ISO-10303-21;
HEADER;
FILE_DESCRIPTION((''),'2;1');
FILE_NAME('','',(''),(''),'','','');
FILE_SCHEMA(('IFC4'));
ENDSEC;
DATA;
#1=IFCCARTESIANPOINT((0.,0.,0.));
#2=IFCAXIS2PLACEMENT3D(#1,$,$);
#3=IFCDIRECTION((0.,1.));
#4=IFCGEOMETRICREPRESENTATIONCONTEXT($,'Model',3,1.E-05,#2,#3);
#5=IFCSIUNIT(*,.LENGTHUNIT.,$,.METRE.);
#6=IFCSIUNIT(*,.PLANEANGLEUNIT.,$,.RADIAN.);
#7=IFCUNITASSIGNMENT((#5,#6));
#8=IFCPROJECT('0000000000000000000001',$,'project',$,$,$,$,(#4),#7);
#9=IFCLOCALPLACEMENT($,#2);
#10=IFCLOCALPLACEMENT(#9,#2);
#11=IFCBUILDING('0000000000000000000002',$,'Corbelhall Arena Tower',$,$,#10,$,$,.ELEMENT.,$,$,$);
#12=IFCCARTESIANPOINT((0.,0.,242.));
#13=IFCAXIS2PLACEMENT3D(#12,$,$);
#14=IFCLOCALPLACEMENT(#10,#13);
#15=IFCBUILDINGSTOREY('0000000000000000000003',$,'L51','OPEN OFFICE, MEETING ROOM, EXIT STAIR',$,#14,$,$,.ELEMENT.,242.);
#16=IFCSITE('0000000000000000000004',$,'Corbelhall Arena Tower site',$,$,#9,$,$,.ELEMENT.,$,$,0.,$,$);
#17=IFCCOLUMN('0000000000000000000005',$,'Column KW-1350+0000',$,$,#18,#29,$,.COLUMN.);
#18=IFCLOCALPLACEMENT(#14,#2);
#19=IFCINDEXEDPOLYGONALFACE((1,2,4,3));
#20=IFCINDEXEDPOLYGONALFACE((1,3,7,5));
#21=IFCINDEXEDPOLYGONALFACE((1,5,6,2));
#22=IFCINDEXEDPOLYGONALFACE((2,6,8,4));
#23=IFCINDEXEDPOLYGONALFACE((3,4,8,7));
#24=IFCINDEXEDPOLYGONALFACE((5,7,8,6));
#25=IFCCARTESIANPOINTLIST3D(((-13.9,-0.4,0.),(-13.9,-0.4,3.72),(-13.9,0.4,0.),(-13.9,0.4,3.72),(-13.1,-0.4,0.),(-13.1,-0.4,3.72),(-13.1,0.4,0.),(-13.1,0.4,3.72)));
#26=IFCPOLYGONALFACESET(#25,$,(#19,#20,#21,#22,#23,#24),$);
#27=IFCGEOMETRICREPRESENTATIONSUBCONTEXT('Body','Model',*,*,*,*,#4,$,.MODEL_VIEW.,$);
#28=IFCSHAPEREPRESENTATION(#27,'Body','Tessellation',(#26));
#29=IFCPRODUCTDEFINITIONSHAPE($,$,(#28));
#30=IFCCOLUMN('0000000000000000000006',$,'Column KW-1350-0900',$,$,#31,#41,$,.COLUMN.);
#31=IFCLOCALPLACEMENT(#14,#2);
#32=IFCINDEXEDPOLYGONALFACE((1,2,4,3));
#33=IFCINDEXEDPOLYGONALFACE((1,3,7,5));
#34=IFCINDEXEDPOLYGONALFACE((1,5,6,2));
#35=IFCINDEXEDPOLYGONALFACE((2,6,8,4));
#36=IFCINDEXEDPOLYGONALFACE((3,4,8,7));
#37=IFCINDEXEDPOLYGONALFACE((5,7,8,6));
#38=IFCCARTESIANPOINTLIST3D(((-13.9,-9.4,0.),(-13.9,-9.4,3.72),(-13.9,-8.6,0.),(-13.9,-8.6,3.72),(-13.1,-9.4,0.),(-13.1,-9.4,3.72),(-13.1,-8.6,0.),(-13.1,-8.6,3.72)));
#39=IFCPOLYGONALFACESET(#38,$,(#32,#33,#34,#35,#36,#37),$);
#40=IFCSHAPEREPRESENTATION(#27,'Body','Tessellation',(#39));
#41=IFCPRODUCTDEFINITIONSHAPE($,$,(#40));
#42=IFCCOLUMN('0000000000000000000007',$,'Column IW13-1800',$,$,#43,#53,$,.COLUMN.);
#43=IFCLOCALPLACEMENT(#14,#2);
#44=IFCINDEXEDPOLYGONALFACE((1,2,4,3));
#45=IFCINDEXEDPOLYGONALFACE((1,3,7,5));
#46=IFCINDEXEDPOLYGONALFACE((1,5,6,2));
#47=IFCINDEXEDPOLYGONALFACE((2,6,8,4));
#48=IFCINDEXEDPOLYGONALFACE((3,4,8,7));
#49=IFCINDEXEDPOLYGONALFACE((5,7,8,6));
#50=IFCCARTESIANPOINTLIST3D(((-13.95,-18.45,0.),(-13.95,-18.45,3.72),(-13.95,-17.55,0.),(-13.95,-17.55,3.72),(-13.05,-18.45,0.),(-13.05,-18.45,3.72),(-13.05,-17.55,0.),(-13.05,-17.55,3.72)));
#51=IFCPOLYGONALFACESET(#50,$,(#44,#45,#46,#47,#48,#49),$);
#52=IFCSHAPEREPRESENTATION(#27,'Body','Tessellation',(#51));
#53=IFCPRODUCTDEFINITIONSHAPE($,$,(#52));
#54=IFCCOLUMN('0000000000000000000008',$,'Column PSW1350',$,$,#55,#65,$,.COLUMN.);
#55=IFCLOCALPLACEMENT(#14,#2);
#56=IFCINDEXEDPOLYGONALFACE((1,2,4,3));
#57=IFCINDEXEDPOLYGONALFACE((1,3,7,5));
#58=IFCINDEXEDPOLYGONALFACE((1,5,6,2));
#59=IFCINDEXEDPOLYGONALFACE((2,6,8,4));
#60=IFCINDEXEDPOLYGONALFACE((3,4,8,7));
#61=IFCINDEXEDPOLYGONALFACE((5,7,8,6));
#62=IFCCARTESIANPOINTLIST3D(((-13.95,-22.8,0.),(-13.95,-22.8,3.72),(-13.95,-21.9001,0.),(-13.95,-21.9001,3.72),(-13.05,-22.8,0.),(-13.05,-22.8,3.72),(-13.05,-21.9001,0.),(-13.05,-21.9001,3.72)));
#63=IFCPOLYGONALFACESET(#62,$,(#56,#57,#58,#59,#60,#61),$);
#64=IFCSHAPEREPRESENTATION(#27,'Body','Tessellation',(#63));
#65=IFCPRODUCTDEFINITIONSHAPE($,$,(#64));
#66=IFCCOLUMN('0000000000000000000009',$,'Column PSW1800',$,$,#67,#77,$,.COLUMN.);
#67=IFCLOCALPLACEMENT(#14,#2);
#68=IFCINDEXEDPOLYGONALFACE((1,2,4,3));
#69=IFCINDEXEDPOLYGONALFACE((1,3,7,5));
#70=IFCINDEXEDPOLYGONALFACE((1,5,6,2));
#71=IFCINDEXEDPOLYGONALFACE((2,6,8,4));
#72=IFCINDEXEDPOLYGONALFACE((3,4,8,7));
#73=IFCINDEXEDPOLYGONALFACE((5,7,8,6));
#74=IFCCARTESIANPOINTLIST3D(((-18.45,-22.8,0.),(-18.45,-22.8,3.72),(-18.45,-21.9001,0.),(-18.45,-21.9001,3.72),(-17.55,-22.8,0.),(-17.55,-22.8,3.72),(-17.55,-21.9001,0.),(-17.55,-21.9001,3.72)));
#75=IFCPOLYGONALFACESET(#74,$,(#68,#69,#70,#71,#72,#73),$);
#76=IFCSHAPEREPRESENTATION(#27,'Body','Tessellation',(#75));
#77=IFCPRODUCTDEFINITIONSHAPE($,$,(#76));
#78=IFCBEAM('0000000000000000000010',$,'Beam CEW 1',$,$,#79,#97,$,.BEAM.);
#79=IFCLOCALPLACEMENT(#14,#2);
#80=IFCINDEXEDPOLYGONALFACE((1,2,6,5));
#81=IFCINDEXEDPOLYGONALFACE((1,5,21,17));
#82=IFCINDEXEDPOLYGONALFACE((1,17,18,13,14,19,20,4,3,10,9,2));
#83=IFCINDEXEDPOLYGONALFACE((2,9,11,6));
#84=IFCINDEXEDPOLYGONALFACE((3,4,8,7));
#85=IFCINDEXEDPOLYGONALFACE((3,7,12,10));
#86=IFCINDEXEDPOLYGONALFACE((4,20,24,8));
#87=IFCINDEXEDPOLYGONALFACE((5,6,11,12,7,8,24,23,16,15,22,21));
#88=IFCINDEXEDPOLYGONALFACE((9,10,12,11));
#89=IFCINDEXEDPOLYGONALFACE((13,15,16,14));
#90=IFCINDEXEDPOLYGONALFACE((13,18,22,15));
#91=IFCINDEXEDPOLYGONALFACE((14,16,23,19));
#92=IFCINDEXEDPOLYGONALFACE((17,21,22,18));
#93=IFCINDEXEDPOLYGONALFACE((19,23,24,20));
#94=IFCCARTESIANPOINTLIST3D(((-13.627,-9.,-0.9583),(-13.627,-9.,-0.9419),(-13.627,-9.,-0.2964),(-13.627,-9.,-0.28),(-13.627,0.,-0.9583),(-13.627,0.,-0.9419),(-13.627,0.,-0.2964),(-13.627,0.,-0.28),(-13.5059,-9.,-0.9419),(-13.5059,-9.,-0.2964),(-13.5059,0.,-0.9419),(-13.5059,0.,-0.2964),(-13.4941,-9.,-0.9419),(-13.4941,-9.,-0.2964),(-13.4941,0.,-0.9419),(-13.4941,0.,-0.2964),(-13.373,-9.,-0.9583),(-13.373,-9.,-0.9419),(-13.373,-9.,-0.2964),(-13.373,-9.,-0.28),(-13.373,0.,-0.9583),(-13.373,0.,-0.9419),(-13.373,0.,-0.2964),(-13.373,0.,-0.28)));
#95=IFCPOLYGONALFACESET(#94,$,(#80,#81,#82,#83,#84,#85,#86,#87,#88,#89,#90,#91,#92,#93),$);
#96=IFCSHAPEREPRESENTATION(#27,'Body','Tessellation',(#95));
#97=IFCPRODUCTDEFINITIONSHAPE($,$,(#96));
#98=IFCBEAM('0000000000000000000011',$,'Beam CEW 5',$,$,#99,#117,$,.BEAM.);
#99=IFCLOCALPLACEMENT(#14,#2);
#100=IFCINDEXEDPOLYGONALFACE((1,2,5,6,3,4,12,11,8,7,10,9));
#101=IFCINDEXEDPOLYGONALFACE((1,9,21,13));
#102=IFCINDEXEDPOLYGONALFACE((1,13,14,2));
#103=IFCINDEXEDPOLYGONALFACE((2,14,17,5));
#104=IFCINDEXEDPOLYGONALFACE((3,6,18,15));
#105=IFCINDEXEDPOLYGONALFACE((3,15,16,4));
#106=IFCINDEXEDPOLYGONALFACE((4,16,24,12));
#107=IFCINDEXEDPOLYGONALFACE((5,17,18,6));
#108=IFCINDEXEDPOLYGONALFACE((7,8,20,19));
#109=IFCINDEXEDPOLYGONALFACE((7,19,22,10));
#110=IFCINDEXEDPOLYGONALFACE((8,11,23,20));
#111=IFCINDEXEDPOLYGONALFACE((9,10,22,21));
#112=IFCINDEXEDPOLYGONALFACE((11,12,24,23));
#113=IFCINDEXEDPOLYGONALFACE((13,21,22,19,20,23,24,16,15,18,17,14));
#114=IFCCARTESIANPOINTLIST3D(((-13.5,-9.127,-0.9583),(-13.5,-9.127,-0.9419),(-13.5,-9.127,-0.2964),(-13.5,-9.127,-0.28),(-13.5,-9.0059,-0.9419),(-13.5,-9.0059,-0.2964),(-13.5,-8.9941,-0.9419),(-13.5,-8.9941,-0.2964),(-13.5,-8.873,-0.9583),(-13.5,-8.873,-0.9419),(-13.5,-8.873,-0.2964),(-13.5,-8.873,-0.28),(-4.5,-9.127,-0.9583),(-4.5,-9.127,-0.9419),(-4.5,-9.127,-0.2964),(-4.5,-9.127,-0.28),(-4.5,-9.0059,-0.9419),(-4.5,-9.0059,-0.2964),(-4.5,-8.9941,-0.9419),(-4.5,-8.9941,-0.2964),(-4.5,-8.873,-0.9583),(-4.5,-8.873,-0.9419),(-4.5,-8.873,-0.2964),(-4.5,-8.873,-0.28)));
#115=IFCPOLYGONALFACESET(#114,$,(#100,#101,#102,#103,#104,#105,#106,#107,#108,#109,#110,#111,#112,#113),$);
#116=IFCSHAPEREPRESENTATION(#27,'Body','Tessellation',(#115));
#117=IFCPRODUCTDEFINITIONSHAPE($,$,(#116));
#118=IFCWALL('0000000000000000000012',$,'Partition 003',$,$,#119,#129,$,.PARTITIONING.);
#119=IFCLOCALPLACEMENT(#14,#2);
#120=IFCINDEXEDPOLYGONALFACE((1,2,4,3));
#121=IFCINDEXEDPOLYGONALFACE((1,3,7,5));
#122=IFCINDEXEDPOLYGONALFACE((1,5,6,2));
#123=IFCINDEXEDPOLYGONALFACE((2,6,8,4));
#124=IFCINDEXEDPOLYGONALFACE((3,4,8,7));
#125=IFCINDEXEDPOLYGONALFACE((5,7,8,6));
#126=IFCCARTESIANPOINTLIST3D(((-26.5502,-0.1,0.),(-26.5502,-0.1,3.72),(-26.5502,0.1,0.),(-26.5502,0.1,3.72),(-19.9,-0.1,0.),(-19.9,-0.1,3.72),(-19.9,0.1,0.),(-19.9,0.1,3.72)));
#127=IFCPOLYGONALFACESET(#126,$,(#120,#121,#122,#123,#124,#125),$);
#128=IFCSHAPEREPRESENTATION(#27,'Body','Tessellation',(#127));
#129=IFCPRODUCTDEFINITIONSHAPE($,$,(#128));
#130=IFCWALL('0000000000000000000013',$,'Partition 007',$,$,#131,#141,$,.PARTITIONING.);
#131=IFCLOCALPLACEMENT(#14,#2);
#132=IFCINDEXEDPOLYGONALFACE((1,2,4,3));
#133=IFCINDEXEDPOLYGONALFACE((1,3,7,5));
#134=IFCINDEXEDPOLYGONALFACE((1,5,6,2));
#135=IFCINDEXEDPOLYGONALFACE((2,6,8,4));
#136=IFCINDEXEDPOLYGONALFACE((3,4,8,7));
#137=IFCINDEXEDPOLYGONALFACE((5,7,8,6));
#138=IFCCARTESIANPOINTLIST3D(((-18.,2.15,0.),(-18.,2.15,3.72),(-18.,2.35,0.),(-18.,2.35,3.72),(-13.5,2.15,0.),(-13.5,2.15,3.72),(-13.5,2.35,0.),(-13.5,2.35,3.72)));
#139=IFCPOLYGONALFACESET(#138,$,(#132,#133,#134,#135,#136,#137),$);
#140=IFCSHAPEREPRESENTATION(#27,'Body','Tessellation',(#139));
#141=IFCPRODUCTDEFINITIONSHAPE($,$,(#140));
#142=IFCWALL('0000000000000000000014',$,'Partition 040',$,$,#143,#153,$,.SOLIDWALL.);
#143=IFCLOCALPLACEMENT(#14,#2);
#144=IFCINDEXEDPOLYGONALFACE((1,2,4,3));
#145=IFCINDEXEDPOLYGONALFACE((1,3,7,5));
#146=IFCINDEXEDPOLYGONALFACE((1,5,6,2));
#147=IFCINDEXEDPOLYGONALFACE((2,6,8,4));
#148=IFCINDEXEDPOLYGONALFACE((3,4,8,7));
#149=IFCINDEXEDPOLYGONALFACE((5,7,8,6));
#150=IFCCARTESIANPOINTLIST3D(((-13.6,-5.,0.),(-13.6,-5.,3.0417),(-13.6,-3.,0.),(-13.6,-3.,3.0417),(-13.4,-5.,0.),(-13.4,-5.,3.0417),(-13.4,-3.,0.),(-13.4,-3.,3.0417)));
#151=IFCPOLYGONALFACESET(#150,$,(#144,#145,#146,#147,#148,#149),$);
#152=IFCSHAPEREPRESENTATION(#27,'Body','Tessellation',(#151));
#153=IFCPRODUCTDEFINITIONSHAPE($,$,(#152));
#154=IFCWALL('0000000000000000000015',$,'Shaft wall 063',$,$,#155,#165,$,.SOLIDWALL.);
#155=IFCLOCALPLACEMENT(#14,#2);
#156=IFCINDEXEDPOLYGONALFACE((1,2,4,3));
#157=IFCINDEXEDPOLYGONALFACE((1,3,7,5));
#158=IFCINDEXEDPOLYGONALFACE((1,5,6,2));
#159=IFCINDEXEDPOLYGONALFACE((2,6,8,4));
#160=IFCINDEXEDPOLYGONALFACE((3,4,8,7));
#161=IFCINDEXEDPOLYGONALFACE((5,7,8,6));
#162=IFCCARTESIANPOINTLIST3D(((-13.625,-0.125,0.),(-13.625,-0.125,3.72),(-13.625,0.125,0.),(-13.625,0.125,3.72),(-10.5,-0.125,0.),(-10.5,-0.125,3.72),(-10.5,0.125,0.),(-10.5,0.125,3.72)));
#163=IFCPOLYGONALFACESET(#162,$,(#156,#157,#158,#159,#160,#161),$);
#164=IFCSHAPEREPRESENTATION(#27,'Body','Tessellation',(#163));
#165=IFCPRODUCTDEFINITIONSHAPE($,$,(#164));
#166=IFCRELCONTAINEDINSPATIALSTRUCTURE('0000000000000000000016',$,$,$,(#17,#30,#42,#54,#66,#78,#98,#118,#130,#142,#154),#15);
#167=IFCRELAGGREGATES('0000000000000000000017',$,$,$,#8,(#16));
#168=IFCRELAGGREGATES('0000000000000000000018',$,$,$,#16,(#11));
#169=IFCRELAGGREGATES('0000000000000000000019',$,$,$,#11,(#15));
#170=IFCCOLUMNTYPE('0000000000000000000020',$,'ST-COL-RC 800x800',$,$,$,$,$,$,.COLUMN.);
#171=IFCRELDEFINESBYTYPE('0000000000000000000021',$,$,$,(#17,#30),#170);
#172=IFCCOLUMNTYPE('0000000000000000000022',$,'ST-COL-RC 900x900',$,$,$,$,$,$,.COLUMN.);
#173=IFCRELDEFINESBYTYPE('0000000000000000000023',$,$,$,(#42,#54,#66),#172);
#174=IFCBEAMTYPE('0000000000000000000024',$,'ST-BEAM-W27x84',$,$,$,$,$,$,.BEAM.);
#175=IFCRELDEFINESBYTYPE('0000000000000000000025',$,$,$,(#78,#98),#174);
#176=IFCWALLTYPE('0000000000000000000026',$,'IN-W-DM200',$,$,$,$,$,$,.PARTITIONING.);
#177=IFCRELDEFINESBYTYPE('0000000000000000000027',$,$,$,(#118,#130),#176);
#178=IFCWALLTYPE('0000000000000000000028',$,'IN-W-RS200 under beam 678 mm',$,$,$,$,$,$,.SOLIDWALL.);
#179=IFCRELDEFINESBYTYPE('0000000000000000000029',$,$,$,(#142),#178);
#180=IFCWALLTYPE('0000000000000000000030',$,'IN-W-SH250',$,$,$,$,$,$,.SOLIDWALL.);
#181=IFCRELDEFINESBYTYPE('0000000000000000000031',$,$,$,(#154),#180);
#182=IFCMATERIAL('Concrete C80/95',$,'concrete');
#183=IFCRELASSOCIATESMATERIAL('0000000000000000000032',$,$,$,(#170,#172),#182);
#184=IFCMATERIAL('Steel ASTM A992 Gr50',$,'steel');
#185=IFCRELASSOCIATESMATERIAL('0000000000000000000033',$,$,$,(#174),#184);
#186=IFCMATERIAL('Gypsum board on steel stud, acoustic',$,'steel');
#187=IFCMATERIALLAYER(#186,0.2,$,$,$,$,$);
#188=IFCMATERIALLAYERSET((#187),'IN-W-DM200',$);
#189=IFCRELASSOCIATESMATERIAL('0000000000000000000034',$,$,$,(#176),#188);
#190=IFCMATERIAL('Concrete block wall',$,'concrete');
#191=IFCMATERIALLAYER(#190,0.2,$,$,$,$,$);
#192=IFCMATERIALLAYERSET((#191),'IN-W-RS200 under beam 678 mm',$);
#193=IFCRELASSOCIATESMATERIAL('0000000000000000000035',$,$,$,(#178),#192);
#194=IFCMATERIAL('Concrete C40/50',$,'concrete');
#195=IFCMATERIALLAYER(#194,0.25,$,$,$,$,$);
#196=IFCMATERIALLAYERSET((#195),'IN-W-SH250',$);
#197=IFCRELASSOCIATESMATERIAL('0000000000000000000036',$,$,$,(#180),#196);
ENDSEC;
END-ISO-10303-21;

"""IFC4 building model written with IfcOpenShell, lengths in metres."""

from ifc_helpers import new_model, si_unit, direction, frame, frame_2d, origin, origin_2d, place, context, subcontext, project, spatial, rectangle, i_section, extrude, material, layer, layer_set, material_profile, profile_set, type_object, element, save


model = new_model("IFC4")

# Units and contexts
model_context = context("Model", 3, precision=1e-05, world=origin(), true_north=direction((0.0, 1.0)))
body_context = subcontext(model_context, "Body", "Model", "MODEL_VIEW")
ifc_project = project(units=[si_unit("LENGTHUNIT", "METRE"), si_unit("PLANEANGLEUNIT", "RADIAN")], contexts=[model_context])

# Site, building, storey
site_placement = place(None, origin())
site = spatial("IfcSite", under=ifc_project, at=site_placement, Name="Corbelhall Arena Tower site", CompositionType="ELEMENT", RefElevation=0.0)
building_placement = place(site_placement, origin())
building = spatial("IfcBuilding", under=site, at=building_placement, Name="Corbelhall Arena Tower", CompositionType="ELEMENT")
storey_placement = place(building_placement, frame((0.0, 0.0, 242.0)))
storey = spatial("IfcBuildingStorey", under=building, at=storey_placement, Name="L51", Description="OPEN OFFICE, MEETING ROOM, EXIT STAIR", CompositionType="ELEMENT", Elevation=242.0)

# Columns
ifc_material_1 = material(Name="Concrete C80/95", Category="concrete")
ifc_material_profile_1 = material_profile(ifc_material_1, rectangle(XDim=0.8, YDim=0.8, at=origin_2d()))
ifc_profile_set_1 = profile_set([ifc_material_profile_1], Name="Concrete C80/95")
column_type_1 = type_object("IfcColumnType", Name="ST-COL-RC 800x800", PredefinedType="COLUMN", material=ifc_profile_set_1)
for number, where, z_axis, x_axis, name in (
    (1, (-13.5, 0.0, 0.0), (0.0, 0.0, 1.0), (1.0, 0.0, 0.0), "Column KW-1350+0000"),
    (2, (-13.5, -9.0, 0.0), (0.0, 0.0, 1.0), (1.0, 0.0, 0.0), "Column KW-1350-0900"),
):
    element("IfcColumn", number, at=place(storey_placement, frame(where, z_axis=z_axis, x_axis=x_axis)), inside=storey, type_object=column_type_1, Name=name, PredefinedType="COLUMN", context=body_context, shape_type="SweptSolid", body=[
        extrude(rectangle(XDim=0.8, YDim=0.8, at=origin_2d()), origin(), (0.0, 0.0, 1.0), 3.72),
    ])
ifc_material_profile_2 = material_profile(ifc_material_1, rectangle(XDim=0.8999, YDim=0.8999, at=origin_2d()))
ifc_profile_set_2 = profile_set([ifc_material_profile_2], Name="Concrete C80/95")
column_type_2 = type_object("IfcColumnType", Name="ST-COL-RC 900x900", PredefinedType="COLUMN", material=ifc_profile_set_2)
for number, where, z_axis, x_axis, name in (
    (3, (-13.5, -18.0, 0.0), (0.0, 0.0, 1.0), (1.0, 0.0, 0.0), "Column IW13-1800"),
    (4, (-13.5, -22.3501, 0.0), (0.0, 0.0, 1.0), (1.0, 0.0, 0.0), "Column PSW1350"),
    (5, (-18.0, -22.3501, 0.0), (0.0, 0.0, 1.0), (1.0, 0.0, 0.0), "Column PSW1800"),
):
    element("IfcColumn", number, at=place(storey_placement, frame(where, z_axis=z_axis, x_axis=x_axis)), inside=storey, type_object=column_type_2, Name=name, PredefinedType="COLUMN", context=body_context, shape_type="SweptSolid", body=[
        extrude(rectangle(XDim=0.8999, YDim=0.8999, at=origin_2d()), origin(), (0.0, 0.0, 1.0), 3.72),
    ])

# Beams
ifc_material_2 = material(Name="Steel ASTM A992 Gr50", Category="steel")
ifc_material_profile_3 = material_profile(ifc_material_2, i_section(OverallWidth=0.2539, OverallDepth=0.6782, WebThickness=0.0117, FlangeThickness=0.0164, at=origin_2d()))
ifc_profile_set_3 = profile_set([ifc_material_profile_3], Name="Steel ASTM A992 Gr50")
beam_type = type_object("IfcBeamType", Name="ST-BEAM-W27x84", PredefinedType="BEAM", material=ifc_profile_set_3)
for number, where, z_axis, x_axis, name in (
    (6, (-13.5, -9.0, -0.6191), (0.0, 1.0, 0.0), (-1.0, 0.0, 0.0), "Beam CEW 1"),
    (7, (-13.5, -9.0, -0.6191), (1.0, 0.0, 0.0), (0.0, 1.0, 0.0), "Beam CEW 5"),
):
    element("IfcBeam", number, at=place(storey_placement, frame(where, z_axis=z_axis, x_axis=x_axis)), inside=storey, type_object=beam_type, Name=name, PredefinedType="BEAM", context=body_context, shape_type="SweptSolid", body=[
        extrude(i_section(OverallWidth=0.2539, OverallDepth=0.6782, WebThickness=0.0117, FlangeThickness=0.0164, at=origin_2d()), origin(), (0.0, 0.0, 1.0), 9.0),
    ])

# Wall
ifc_material_3 = material(Name="Gypsum board on steel stud, acoustic", Category="steel")
ifc_layer_1 = layer(ifc_material_3, 0.2)
ifc_layer_set_1 = layer_set([ifc_layer_1], Name="IN-W-DM200")
wall_type_1 = type_object("IfcWallType", Name="IN-W-DM200", PredefinedType="PARTITIONING", material=ifc_layer_set_1)
wall_1_placement = place(storey_placement, frame((-19.8999, 0.0, 0.0), z_axis=(0.0, 0.0, 1.0), x_axis=(-1.0, 0.0, 0.0)))
element("IfcWall", 8, at=wall_1_placement, inside=storey, type_object=wall_type_1, Name="Partition 003", PredefinedType="PARTITIONING", context=body_context, shape_type="SweptSolid", body=[
    extrude(rectangle(XDim=6.6501, YDim=0.2, at=frame_2d((3.3252, 0.0))), origin(), (0.0, 0.0, 1.0), 3.72),
])

# Walls
wall_2_placement = place(storey_placement, frame((-18.0, 2.25, 0.0), z_axis=(0.0, 0.0, 1.0), x_axis=(1.0, 0.0, 0.0)))
element("IfcWall", 9, at=wall_2_placement, inside=storey, type_object=wall_type_1, Name="Partition 007", PredefinedType="PARTITIONING", context=body_context, shape_type="SweptSolid", body=[
    extrude(rectangle(XDim=4.5, YDim=0.2, at=frame_2d((2.25, 0.0))), origin(), (0.0, 0.0, 1.0), 3.72),
])
ifc_material_4 = material(Name="Concrete block wall", Category="concrete")
ifc_layer_2 = layer(ifc_material_4, 0.2)
ifc_layer_set_2 = layer_set([ifc_layer_2], Name="IN-W-RS200 under beam 678 mm")
wall_type_2 = type_object("IfcWallType", Name="IN-W-RS200 under beam 678 mm", PredefinedType="SOLIDWALL", material=ifc_layer_set_2)
wall_3_placement = place(storey_placement, frame((-13.5, -5.0, 0.0), z_axis=(0.0, 0.0, 1.0), x_axis=(0.0, 1.0, 0.0)))
element("IfcWall", 10, at=wall_3_placement, inside=storey, type_object=wall_type_2, Name="Partition 040", PredefinedType="SOLIDWALL", context=body_context, shape_type="SweptSolid", body=[
    extrude(rectangle(XDim=2.0, YDim=0.2, at=frame_2d((1.0, 0.0))), origin(), (0.0, 0.0, 1.0), 3.0417),
])
ifc_material_5 = material(Name="Concrete C40/50", Category="concrete")
ifc_layer_3 = layer(ifc_material_5, 0.25)
ifc_layer_set_3 = layer_set([ifc_layer_3], Name="IN-W-SH250")
wall_type_3 = type_object("IfcWallType", Name="IN-W-SH250", PredefinedType="SOLIDWALL", material=ifc_layer_set_3)
wall_4_placement = place(storey_placement, frame((-13.625, 0.0, 0.0), z_axis=(0.0, 0.0, 1.0), x_axis=(1.0, 0.0, 0.0)))
element("IfcWall", 11, at=wall_4_placement, inside=storey, type_object=wall_type_3, Name="Shaft wall 063", PredefinedType="SOLIDWALL", context=body_context, shape_type="SweptSolid", body=[
    extrude(rectangle(XDim=3.125, YDim=0.25, at=frame_2d((1.5625, 0.0))), origin(), (0.0, 0.0, 1.0), 3.72),
])

save(model, "model.ifc")
